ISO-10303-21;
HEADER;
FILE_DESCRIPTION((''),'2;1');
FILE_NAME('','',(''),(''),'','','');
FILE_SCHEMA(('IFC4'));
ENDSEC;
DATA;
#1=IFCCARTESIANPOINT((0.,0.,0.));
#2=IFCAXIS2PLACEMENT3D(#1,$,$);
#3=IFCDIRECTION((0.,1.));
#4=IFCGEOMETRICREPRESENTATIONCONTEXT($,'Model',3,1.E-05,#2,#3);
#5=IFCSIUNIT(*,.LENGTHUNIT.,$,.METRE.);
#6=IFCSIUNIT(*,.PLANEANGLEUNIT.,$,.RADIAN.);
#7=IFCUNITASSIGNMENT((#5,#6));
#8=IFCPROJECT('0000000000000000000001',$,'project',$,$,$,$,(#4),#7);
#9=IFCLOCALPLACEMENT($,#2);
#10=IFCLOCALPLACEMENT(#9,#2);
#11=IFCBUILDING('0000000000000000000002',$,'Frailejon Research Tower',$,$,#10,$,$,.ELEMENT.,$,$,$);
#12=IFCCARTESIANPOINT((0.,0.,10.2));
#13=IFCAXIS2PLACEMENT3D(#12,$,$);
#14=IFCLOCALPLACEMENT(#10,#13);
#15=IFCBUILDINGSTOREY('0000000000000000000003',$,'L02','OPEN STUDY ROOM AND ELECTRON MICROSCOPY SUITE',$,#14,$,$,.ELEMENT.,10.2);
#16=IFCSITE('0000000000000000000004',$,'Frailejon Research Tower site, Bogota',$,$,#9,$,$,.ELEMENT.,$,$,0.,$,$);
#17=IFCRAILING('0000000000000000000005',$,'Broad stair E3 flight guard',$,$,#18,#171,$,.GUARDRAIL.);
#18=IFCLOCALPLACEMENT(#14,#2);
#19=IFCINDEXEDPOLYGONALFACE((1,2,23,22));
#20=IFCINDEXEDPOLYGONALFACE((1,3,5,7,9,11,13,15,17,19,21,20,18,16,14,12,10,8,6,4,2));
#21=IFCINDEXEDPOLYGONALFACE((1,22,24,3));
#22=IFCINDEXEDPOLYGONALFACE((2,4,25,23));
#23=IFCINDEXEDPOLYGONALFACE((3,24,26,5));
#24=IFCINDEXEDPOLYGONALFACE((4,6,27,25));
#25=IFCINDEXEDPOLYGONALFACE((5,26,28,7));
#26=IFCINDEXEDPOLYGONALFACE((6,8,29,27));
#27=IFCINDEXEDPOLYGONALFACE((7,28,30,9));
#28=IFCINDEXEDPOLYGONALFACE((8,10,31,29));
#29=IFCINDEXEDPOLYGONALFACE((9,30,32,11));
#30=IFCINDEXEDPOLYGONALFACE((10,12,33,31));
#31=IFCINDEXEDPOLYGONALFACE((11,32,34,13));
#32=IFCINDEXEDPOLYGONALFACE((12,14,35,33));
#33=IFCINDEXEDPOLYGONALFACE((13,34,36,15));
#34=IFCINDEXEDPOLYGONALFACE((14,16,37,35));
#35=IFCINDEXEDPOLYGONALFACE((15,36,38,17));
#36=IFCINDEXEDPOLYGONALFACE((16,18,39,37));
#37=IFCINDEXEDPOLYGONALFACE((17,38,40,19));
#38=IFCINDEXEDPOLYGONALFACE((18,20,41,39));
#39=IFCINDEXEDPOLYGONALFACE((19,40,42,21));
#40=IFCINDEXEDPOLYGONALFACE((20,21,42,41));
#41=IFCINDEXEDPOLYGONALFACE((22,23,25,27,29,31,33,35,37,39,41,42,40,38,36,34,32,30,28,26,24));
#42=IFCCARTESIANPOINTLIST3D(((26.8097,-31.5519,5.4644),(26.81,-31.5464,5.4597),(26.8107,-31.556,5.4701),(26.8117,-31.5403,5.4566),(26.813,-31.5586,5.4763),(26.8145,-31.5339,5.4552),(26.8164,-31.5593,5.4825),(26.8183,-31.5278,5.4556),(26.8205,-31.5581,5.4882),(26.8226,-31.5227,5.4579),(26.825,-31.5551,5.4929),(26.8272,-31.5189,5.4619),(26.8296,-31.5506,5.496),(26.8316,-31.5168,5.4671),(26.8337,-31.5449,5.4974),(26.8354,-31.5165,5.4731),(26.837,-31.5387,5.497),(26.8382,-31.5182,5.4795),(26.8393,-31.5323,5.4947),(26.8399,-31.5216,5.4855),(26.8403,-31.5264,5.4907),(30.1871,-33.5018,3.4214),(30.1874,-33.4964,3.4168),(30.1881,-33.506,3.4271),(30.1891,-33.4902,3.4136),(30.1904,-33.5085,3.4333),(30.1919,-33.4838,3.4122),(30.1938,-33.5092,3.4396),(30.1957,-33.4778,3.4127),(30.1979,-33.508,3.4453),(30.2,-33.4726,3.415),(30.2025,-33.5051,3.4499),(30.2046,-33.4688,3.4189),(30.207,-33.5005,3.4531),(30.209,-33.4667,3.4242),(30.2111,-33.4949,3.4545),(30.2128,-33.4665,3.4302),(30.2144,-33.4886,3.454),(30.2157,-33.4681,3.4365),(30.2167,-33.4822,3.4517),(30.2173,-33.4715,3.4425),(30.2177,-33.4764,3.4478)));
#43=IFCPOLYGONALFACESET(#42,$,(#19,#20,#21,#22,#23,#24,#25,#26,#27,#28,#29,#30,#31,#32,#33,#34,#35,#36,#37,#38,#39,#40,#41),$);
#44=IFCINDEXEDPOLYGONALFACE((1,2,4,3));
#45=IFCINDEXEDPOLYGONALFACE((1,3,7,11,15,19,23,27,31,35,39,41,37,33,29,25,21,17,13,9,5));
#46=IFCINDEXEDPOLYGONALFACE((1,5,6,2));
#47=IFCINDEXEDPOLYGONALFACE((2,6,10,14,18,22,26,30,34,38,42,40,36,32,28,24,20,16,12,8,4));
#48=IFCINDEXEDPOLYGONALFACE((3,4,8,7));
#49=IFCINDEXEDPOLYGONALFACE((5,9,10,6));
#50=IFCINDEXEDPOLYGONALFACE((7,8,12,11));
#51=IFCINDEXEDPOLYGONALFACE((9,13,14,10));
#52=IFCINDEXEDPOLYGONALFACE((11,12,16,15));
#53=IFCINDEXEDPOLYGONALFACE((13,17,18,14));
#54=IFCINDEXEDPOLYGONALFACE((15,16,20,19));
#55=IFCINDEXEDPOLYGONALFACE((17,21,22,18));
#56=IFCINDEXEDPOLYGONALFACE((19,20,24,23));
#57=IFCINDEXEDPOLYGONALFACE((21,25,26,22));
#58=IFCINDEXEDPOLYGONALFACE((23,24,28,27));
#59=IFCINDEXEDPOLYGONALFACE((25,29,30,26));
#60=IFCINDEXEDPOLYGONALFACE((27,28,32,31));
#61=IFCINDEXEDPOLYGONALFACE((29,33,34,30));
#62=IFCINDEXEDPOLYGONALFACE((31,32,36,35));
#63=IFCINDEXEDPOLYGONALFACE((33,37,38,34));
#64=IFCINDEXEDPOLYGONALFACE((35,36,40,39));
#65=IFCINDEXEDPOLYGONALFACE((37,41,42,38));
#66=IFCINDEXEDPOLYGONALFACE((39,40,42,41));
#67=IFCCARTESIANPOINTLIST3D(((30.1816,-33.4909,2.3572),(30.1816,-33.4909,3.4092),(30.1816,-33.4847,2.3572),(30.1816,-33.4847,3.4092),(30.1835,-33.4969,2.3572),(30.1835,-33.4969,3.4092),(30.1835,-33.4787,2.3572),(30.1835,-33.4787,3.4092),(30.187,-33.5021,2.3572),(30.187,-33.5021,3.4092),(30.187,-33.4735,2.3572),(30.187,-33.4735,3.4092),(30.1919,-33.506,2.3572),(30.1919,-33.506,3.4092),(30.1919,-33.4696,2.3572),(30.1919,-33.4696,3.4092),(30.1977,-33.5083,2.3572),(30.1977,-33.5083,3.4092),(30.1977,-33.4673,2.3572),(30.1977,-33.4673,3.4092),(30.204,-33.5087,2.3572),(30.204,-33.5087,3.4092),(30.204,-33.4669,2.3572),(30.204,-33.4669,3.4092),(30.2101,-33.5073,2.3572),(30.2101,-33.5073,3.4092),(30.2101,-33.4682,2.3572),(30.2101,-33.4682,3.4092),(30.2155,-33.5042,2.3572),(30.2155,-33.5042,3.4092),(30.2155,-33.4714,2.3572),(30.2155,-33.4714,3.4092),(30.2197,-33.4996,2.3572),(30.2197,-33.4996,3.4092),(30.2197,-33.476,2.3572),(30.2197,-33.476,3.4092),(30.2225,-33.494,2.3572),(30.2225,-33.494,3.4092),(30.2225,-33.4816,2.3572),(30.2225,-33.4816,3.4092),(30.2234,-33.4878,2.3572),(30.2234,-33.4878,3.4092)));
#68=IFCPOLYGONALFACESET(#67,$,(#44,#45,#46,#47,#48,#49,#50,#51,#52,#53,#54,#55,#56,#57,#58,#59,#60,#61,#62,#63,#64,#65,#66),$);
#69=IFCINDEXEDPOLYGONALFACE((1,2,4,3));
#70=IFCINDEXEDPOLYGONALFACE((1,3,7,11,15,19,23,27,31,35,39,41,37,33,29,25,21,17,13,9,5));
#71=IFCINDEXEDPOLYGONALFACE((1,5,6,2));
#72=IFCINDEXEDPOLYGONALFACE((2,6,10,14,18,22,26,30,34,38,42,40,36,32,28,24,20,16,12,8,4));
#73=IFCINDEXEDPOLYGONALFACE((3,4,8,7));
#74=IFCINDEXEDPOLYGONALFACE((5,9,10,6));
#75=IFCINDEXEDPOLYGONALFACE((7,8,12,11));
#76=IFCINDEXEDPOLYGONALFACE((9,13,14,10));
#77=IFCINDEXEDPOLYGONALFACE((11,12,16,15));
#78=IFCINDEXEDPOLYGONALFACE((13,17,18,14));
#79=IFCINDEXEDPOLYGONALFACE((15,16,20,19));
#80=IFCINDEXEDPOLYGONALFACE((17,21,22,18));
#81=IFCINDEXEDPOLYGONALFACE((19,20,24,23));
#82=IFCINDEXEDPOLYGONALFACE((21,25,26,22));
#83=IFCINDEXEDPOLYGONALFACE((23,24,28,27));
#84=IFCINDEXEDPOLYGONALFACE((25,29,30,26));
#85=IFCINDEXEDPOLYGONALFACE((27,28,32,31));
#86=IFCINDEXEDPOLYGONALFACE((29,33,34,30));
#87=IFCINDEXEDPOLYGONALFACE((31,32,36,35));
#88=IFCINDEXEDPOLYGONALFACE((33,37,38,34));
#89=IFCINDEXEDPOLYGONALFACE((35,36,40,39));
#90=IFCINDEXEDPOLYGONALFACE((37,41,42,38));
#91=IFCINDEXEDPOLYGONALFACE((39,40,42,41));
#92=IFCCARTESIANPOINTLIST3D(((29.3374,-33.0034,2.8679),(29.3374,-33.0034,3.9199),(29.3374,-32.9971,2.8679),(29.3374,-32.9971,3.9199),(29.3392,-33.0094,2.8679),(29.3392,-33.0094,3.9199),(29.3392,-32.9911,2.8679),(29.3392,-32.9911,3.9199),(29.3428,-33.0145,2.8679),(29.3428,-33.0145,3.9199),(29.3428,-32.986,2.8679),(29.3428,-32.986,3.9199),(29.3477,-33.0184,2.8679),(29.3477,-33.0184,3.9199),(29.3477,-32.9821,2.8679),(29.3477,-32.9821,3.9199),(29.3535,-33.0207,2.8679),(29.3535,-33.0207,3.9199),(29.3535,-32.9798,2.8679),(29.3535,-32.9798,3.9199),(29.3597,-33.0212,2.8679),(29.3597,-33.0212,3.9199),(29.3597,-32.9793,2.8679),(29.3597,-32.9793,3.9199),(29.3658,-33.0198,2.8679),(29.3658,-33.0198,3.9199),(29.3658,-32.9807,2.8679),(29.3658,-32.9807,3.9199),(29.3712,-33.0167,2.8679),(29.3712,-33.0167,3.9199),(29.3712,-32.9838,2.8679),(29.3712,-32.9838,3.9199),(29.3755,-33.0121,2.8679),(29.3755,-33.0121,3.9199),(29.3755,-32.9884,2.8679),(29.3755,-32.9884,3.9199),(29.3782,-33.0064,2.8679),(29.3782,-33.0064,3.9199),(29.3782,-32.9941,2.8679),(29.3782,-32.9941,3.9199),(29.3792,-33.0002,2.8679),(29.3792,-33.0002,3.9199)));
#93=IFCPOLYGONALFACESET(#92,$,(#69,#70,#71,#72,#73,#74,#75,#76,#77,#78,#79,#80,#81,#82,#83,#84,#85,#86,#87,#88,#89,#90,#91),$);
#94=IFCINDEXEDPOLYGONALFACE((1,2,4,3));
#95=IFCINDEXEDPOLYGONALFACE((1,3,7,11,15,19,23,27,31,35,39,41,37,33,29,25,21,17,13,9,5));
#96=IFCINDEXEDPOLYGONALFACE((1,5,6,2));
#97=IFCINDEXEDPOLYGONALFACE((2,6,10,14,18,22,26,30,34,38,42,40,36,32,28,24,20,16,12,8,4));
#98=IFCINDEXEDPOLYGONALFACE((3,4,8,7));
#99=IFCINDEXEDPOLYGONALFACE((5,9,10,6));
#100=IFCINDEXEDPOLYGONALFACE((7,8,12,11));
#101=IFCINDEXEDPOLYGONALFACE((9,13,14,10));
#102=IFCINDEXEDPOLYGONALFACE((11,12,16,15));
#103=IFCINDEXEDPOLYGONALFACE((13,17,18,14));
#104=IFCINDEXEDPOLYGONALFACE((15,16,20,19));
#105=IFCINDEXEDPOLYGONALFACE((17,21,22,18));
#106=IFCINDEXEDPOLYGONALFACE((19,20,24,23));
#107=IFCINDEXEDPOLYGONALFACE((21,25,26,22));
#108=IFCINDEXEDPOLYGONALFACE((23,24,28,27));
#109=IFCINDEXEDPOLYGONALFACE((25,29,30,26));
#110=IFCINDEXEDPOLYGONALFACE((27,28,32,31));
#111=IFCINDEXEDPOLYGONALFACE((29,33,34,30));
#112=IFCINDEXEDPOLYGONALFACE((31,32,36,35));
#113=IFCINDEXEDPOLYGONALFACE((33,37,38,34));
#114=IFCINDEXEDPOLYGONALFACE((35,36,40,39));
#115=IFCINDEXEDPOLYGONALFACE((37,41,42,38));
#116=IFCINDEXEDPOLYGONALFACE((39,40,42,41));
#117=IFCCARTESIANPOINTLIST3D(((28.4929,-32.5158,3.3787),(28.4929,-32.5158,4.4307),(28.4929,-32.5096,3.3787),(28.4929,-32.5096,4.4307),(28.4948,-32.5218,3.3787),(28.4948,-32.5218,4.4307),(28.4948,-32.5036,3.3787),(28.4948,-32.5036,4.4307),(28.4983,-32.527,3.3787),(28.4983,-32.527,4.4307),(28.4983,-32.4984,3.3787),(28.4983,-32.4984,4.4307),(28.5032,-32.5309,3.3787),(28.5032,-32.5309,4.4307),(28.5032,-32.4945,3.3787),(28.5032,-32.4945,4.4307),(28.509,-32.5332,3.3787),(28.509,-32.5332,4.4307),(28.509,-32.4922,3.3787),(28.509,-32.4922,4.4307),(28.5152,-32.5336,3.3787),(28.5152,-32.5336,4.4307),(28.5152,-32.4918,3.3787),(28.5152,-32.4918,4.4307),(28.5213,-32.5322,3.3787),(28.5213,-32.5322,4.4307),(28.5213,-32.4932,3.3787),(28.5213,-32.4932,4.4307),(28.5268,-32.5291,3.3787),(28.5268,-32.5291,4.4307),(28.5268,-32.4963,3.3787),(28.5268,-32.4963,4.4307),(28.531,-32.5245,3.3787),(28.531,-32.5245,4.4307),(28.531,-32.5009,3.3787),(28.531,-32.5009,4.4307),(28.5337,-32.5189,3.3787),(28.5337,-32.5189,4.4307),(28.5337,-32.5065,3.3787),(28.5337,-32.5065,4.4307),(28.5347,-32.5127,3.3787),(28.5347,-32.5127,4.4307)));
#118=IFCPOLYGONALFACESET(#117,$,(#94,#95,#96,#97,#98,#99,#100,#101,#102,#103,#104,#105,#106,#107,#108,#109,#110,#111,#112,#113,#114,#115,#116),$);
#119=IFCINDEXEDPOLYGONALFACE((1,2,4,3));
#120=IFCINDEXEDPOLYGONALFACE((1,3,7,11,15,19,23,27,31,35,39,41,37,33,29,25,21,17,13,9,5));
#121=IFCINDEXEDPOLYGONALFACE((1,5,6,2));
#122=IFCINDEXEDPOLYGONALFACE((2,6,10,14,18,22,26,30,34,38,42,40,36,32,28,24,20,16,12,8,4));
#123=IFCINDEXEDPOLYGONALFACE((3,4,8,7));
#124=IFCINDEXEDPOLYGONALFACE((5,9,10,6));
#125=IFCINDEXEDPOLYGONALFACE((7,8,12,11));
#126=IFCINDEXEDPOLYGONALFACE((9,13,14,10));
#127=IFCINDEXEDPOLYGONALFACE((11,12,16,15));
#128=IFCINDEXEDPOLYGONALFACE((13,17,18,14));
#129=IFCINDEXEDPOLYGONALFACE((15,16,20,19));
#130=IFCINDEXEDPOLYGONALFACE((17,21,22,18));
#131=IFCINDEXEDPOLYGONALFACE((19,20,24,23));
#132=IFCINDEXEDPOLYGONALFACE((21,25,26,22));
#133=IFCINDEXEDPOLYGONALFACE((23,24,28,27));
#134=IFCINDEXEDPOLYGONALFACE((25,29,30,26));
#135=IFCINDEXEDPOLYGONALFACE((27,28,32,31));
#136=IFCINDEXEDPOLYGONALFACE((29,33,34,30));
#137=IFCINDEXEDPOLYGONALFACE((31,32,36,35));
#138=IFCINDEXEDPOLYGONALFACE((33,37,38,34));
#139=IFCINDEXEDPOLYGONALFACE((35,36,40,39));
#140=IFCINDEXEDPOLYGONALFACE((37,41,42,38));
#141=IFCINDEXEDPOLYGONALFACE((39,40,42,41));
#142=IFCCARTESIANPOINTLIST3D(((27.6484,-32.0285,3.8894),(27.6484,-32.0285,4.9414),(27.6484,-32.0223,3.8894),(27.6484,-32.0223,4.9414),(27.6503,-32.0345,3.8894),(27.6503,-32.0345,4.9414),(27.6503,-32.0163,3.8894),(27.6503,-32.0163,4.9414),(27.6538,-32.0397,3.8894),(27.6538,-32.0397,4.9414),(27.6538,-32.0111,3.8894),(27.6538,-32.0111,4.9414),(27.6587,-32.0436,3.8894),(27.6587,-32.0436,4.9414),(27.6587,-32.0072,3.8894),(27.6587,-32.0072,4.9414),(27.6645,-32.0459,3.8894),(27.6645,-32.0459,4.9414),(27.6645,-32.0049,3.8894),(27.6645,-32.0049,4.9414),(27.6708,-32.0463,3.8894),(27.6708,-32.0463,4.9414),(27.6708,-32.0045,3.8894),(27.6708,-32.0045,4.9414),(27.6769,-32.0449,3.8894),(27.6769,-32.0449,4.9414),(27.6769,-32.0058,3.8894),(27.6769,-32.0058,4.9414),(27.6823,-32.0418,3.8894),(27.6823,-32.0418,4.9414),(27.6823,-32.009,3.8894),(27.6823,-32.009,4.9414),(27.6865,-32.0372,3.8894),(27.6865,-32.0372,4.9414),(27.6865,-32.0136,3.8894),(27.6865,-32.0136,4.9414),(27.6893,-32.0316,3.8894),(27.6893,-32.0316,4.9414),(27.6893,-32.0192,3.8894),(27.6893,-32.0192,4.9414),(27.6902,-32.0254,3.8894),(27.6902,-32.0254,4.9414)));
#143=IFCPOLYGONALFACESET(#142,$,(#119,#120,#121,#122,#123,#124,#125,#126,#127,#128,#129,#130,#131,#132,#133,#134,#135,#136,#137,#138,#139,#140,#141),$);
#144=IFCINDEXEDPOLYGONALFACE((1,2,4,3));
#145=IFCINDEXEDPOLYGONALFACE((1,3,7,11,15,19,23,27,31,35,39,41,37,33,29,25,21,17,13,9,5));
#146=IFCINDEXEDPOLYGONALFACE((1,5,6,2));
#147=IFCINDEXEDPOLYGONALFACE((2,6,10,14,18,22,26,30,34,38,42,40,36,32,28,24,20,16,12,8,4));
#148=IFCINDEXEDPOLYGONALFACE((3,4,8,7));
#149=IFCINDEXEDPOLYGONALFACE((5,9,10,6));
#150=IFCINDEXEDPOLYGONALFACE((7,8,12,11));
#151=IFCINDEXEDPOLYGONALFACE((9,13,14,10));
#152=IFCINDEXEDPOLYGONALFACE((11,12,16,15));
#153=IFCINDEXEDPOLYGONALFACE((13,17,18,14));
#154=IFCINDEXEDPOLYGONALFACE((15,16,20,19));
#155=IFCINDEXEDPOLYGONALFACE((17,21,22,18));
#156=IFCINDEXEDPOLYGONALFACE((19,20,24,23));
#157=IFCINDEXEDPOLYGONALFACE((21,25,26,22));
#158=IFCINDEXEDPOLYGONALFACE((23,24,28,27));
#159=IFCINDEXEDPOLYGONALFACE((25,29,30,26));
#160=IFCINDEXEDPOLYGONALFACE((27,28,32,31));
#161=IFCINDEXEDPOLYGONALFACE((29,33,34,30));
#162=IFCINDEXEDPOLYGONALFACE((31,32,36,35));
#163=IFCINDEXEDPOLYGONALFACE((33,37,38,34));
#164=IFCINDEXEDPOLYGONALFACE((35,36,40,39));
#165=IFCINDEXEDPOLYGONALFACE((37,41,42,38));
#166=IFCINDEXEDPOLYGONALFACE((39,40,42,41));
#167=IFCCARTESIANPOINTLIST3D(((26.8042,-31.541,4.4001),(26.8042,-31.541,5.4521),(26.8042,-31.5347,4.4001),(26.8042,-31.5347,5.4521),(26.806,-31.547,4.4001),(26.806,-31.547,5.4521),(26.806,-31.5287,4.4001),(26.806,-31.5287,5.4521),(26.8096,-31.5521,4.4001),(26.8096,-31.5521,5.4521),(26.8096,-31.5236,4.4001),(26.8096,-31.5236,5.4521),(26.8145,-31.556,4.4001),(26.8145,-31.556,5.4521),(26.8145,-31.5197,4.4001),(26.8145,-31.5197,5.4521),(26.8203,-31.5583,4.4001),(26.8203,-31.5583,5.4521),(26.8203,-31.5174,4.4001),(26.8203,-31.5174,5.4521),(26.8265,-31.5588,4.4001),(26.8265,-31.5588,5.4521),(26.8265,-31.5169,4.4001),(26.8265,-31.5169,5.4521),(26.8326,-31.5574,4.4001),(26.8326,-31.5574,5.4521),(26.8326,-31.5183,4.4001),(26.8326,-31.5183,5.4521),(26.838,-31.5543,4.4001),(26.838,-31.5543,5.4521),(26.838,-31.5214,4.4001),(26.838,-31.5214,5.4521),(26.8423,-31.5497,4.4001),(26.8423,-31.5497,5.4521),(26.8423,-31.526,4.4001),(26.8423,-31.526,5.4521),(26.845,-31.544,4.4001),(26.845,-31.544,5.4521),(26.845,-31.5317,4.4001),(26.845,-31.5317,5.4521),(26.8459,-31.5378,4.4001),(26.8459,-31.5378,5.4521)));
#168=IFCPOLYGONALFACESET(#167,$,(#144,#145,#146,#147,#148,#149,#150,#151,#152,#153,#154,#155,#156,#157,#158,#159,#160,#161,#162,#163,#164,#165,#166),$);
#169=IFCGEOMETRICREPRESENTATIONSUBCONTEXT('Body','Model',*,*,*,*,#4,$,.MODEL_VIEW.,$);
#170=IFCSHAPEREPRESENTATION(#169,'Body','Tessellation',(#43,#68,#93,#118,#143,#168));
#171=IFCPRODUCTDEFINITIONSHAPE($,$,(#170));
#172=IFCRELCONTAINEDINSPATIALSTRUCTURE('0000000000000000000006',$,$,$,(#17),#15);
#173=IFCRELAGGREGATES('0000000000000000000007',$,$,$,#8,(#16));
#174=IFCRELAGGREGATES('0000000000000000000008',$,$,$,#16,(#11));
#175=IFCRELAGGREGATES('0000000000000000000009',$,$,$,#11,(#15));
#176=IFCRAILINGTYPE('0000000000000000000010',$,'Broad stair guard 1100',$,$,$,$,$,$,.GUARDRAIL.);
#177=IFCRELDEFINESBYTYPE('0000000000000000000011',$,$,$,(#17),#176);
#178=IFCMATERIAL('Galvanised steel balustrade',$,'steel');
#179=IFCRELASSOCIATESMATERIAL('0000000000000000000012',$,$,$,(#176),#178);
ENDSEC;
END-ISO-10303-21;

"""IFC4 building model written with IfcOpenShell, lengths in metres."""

from ifc_helpers import new_model, si_unit, direction, frame, origin, origin_2d, place, context, subcontext, project, spatial, circle, extrude, material, type_object, element, save


model = new_model("IFC4")

# Units and contexts
model_context = context("Model", 3, precision=1e-05, world=origin(), true_north=direction((0.0, 1.0)))
body_context = subcontext(model_context, "Body", "Model", "MODEL_VIEW")
ifc_project = project(units=[si_unit("LENGTHUNIT", "METRE"), si_unit("PLANEANGLEUNIT", "RADIAN")], contexts=[model_context])

# Site, building, storey
site_placement = place(None, origin())
site = spatial("IfcSite", under=ifc_project, at=site_placement, Name="Frailejon Research Tower site, Bogota", CompositionType="ELEMENT", RefElevation=0.0)
building_placement = place(site_placement, origin())
building = spatial("IfcBuilding", under=site, at=building_placement, Name="Frailejon Research Tower", CompositionType="ELEMENT")
storey_placement = place(building_placement, frame((0.0, 0.0, 10.2)))
storey = spatial("IfcBuildingStorey", under=building, at=storey_placement, Name="L02", Description="OPEN STUDY ROOM AND ELECTRON MICROSCOPY SUITE", CompositionType="ELEMENT", Elevation=10.2)

# Railing
ifc_material_1 = material(Name="Galvanised steel balustrade", Category="steel")
railing_type_1 = type_object("IfcRailingType", Name="Broad stair guard 1100", PredefinedType="GUARDRAIL", material=ifc_material_1)
railing_1_placement = place(storey_placement, frame((30.2024, -33.4878, 2.3572)))
element("IfcRailing", 1, at=railing_1_placement, inside=storey, type_object=railing_type_1, Name="Broad stair E3 flight guard", PredefinedType="GUARDRAIL", context=body_context, shape_type="SweptSolid", body=[
    extrude(circle(Radius=0.0239, at=origin_2d()), frame((0.0, 0.0, 1.0762), z_axis=(-0.767142, 0.442906, 0.464034), x_axis=(-0.499997, -0.866027, 0.0)), (0.0, 0.0, 1.0), 4.4026),
    extrude(circle(Radius=0.021, at=origin_2d()), origin(), (0.0, 0.0, 1.0), 1.052),
    extrude(circle(Radius=0.021, at=origin_2d()), frame((-0.8442, 0.4875, 0.5107)), (0.0, 0.0, 1.0), 1.052),
    extrude(circle(Radius=0.021, at=origin_2d()), frame((-1.6887, 0.9751, 1.0215)), (0.0, 0.0, 1.0), 1.052),
    extrude(circle(Radius=0.021, at=origin_2d()), frame((-2.5332, 1.4624, 1.5322)), (0.0, 0.0, 1.0), 1.052),
    extrude(circle(Radius=0.021, at=origin_2d()), frame((-3.3774, 1.95, 2.043)), (0.0, 0.0, 1.0), 1.052),
])

save(model, "model.ifc")
